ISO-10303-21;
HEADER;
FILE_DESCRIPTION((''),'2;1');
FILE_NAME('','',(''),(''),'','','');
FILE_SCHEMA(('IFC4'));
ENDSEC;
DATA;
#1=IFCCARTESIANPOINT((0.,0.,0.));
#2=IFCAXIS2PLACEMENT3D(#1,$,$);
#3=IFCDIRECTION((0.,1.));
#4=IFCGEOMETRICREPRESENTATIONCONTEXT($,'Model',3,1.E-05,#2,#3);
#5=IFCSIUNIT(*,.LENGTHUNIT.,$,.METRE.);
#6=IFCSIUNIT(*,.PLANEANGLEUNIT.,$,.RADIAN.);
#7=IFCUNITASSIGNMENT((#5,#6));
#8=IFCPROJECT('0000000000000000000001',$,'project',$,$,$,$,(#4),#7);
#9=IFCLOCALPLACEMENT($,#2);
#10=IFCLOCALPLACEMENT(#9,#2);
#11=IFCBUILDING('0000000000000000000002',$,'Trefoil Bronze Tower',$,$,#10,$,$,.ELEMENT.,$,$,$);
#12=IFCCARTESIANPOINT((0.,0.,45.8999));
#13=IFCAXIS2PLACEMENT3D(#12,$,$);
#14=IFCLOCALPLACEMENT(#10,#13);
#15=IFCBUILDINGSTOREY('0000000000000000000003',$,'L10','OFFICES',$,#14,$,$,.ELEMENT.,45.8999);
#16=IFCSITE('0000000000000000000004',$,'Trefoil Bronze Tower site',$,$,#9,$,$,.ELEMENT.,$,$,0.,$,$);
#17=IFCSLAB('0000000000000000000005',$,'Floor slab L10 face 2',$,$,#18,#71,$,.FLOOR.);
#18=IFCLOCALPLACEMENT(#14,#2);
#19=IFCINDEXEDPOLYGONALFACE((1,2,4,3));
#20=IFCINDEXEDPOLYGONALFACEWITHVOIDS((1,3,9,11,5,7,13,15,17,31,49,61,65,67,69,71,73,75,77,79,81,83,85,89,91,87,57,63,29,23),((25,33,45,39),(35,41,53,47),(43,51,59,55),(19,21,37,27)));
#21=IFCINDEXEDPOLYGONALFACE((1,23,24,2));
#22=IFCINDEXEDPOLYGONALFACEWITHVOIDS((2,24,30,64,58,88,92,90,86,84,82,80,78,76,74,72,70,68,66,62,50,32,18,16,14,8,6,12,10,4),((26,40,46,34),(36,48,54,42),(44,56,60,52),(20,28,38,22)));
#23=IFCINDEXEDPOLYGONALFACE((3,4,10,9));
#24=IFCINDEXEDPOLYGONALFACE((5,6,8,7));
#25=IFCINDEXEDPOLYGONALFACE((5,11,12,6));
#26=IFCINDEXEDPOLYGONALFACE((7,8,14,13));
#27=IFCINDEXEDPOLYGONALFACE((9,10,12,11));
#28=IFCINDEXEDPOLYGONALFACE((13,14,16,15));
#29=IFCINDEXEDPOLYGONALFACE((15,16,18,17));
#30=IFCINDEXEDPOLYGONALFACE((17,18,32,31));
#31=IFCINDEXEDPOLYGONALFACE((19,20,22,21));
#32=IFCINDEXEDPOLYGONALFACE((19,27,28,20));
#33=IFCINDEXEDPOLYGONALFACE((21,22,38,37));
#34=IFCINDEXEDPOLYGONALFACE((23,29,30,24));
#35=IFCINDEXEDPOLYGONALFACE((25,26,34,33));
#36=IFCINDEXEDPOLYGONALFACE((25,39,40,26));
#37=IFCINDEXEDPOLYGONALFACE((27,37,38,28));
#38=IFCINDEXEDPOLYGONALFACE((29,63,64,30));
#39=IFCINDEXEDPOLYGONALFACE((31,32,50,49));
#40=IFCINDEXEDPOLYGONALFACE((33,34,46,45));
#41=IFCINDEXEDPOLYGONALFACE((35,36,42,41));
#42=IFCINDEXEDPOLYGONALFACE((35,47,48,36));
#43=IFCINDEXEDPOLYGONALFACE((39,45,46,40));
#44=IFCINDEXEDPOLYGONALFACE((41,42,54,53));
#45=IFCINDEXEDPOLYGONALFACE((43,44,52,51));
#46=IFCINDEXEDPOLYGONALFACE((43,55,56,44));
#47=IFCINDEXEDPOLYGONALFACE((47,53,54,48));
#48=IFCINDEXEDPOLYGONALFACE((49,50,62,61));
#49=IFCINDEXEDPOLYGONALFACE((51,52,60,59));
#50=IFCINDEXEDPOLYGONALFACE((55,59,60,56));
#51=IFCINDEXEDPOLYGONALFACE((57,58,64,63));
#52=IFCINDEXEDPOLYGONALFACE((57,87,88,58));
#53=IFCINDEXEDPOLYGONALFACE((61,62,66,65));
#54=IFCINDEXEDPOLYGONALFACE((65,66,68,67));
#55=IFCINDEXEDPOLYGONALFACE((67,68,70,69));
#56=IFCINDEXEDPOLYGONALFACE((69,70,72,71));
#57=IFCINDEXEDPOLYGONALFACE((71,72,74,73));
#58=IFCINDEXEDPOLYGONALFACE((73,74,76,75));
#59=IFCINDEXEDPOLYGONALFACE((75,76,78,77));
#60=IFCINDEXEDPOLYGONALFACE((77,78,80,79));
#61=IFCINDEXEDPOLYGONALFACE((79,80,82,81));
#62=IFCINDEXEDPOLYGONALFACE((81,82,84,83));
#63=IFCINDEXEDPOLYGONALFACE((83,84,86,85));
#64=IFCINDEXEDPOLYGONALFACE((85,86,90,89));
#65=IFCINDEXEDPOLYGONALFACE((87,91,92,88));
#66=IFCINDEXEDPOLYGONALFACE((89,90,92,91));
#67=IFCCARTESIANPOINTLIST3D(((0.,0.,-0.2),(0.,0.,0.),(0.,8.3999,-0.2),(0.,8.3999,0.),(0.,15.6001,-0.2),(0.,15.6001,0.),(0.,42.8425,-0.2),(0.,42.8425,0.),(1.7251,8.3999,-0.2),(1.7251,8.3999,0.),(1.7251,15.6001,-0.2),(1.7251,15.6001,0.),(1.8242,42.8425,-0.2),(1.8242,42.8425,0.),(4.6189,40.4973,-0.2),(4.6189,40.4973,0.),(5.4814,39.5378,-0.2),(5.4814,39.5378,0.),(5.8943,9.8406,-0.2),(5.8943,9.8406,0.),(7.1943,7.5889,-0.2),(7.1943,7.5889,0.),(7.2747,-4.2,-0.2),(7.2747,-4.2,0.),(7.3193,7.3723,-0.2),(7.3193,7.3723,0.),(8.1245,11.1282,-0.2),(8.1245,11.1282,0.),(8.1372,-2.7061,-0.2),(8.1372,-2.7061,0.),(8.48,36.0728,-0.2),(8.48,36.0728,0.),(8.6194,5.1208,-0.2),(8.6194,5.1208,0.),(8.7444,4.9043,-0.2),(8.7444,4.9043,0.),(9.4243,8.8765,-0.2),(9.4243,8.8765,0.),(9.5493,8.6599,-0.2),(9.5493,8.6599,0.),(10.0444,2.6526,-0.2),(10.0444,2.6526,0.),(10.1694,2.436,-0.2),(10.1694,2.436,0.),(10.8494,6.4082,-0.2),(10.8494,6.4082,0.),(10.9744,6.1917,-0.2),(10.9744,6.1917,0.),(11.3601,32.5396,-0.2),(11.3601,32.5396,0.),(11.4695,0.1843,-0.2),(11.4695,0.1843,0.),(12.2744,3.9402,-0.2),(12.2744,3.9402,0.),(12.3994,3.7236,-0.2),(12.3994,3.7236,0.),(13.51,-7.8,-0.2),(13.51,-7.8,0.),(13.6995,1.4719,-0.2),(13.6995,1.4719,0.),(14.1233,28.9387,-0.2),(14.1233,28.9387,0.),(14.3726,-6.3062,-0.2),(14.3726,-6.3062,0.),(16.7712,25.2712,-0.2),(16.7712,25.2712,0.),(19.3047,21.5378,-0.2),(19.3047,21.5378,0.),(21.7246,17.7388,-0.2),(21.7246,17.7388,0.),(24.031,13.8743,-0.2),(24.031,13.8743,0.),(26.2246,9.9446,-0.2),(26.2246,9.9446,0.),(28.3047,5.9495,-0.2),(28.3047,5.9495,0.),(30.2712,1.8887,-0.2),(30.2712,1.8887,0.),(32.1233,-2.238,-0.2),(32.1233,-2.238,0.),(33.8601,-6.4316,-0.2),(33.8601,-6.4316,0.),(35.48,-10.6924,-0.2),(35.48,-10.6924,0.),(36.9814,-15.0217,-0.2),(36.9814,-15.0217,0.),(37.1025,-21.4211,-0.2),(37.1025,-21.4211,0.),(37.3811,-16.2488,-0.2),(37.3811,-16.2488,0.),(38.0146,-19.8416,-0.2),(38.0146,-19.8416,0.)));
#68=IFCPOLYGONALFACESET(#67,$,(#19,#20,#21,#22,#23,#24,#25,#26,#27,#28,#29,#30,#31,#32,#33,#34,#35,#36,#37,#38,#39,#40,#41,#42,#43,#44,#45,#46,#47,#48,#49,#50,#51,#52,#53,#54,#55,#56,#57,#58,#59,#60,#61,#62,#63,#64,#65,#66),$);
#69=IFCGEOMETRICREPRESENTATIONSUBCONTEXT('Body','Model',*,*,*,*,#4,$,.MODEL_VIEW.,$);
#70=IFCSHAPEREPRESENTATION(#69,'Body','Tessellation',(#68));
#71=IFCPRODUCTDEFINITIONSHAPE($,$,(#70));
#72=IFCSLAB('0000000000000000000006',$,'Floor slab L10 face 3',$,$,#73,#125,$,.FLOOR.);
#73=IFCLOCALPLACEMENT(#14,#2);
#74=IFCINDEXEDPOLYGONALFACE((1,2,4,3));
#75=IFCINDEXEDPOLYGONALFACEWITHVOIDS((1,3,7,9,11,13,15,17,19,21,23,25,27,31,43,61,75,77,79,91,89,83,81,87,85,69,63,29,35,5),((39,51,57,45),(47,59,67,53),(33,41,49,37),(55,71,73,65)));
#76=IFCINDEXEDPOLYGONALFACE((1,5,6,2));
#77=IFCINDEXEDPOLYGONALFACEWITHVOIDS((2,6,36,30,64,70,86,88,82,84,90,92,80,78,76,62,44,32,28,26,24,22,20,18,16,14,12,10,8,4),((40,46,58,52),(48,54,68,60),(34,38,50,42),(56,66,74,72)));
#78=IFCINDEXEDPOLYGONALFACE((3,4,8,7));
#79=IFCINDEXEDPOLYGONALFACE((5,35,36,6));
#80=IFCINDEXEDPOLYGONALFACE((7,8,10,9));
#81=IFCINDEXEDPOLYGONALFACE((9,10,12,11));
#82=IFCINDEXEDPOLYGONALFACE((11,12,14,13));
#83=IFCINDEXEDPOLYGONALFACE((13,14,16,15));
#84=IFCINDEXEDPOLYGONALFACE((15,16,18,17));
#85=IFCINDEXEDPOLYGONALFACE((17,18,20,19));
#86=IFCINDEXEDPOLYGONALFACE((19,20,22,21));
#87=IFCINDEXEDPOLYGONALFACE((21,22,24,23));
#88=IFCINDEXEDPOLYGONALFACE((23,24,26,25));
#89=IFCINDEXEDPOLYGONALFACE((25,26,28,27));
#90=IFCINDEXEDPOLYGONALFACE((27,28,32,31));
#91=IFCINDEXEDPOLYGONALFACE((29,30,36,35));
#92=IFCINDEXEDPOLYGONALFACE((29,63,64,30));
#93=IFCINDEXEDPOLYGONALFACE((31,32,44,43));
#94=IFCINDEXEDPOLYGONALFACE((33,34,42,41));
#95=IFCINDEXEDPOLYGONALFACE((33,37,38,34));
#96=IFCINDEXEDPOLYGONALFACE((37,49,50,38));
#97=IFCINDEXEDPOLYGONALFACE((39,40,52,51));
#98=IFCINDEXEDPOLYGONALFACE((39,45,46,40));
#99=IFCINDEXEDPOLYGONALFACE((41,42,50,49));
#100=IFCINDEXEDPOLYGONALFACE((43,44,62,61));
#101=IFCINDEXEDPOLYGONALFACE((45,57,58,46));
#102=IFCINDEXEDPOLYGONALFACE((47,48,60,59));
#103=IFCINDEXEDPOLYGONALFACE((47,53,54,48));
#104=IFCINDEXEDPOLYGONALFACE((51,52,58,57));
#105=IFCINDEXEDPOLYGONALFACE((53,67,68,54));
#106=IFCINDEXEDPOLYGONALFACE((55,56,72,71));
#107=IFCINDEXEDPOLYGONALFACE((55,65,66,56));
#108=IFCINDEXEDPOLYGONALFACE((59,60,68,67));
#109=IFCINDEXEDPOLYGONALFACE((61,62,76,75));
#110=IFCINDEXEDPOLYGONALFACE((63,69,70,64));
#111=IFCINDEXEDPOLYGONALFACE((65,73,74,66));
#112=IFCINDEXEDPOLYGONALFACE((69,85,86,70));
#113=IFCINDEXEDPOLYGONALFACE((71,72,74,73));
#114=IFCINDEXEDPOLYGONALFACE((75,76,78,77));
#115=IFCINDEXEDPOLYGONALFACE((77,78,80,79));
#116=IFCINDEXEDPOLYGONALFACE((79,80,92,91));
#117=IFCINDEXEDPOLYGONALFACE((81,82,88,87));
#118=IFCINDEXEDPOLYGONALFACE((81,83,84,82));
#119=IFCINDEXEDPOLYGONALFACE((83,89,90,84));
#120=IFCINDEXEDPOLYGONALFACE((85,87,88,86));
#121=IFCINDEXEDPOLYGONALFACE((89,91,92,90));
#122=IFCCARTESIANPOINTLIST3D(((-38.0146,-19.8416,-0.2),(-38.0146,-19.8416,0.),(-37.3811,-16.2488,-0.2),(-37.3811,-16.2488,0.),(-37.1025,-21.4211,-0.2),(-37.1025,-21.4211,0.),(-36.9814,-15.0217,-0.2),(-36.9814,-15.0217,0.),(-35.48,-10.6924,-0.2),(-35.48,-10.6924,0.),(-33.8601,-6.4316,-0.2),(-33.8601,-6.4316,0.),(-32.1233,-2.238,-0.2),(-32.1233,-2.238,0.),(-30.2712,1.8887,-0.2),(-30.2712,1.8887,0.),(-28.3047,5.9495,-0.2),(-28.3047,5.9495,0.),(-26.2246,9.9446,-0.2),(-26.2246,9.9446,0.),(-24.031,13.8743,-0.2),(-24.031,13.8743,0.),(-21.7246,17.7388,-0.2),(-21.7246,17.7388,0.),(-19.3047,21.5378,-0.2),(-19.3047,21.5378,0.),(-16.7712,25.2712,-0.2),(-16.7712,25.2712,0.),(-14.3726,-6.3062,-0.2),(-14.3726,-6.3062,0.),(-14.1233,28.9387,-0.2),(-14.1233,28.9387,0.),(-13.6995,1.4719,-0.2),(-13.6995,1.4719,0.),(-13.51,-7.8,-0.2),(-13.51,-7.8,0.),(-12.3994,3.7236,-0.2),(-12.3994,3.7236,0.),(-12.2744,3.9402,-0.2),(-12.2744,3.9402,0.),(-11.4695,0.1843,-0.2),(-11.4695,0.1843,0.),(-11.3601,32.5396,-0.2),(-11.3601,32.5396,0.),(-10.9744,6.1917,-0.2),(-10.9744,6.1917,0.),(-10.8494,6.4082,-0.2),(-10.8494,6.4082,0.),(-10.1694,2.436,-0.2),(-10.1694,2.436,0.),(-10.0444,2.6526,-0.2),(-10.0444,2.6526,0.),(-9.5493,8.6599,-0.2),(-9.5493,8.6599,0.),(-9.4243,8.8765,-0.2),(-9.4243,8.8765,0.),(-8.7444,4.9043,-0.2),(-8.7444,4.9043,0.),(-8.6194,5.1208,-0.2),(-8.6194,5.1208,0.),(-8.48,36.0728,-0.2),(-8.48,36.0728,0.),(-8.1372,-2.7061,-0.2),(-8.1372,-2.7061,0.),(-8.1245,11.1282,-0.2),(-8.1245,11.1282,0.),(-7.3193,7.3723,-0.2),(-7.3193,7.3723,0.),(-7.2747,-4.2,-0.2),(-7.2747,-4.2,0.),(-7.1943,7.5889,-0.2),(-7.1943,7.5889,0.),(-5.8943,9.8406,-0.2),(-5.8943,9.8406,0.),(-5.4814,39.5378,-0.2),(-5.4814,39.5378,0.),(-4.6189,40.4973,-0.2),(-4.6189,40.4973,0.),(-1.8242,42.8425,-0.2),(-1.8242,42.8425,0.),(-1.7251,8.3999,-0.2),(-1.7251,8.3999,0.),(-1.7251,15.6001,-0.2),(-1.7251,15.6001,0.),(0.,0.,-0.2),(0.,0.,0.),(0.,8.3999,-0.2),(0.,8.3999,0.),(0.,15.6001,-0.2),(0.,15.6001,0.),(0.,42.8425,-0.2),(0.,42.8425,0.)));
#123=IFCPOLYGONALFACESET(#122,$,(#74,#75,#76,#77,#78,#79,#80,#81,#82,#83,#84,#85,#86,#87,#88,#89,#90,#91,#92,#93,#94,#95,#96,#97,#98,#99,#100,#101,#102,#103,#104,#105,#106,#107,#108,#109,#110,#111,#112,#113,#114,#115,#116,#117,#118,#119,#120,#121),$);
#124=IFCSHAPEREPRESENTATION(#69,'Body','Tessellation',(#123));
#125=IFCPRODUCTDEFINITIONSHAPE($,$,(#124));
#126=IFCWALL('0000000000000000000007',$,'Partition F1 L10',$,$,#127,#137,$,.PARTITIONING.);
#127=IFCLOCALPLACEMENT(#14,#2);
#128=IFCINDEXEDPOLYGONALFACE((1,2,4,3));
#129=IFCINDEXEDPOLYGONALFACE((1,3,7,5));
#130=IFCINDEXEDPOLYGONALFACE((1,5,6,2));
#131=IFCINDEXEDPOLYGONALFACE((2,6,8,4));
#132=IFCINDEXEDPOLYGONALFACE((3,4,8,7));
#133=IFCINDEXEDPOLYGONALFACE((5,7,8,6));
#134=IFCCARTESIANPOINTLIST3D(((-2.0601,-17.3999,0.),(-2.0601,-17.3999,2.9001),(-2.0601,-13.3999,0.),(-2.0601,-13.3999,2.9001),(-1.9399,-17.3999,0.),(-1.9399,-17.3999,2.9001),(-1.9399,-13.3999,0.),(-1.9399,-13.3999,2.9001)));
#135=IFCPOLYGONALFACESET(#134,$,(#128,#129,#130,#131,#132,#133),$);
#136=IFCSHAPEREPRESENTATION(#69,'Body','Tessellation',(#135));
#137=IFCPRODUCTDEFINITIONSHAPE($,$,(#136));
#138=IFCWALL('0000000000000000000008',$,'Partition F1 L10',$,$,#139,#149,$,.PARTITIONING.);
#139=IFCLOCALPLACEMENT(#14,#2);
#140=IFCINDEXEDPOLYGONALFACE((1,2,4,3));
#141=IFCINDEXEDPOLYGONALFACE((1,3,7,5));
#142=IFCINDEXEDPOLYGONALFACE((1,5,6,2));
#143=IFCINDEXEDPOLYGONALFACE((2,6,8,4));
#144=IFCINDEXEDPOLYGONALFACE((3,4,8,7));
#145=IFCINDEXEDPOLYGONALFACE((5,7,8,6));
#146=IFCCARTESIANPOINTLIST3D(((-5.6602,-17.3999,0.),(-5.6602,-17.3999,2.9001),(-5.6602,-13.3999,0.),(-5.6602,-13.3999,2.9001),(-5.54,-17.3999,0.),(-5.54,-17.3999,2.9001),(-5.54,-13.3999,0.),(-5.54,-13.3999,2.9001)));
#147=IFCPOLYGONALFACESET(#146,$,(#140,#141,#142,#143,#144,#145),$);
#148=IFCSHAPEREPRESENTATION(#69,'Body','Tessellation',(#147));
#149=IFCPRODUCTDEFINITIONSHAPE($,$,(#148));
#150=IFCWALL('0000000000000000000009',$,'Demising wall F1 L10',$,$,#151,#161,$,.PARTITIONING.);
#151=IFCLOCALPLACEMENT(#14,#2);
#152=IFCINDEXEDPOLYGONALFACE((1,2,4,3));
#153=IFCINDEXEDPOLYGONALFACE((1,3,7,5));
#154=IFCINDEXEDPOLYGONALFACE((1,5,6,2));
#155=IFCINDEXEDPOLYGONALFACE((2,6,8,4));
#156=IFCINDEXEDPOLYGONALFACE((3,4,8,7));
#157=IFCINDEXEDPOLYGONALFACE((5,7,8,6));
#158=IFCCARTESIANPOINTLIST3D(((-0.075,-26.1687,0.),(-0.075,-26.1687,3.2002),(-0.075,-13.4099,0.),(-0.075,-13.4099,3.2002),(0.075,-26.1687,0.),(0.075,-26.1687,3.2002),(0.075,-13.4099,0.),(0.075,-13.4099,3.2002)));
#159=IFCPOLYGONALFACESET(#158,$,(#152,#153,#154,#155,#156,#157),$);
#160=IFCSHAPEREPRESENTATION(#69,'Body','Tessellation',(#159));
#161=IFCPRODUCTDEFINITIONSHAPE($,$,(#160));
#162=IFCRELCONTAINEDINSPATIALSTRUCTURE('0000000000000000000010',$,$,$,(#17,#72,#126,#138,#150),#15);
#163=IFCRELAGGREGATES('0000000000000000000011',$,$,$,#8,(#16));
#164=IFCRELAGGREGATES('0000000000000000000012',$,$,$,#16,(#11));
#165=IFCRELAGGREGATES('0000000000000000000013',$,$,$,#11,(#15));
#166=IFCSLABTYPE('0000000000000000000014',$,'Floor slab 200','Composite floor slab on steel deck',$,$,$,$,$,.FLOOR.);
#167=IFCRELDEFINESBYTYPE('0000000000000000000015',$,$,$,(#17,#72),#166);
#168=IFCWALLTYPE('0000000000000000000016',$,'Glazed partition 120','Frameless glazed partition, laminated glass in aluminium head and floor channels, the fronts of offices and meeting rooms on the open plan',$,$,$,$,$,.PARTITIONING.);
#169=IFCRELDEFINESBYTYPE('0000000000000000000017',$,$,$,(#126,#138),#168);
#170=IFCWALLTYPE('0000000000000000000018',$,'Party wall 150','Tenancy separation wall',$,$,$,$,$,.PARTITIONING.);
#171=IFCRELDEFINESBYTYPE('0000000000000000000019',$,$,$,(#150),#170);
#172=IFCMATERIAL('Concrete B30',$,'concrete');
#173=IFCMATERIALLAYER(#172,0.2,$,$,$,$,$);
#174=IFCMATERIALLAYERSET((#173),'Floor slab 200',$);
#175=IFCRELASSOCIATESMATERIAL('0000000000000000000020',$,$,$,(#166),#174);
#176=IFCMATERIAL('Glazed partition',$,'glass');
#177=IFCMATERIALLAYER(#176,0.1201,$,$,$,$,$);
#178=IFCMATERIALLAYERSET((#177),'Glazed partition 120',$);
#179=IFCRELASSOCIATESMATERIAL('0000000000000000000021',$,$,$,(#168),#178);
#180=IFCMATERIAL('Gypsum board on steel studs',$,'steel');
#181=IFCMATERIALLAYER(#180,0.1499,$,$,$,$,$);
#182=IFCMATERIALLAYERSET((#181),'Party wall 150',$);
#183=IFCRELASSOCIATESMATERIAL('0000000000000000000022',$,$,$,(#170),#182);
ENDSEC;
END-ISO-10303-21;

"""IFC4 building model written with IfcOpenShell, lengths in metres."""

from ifc_helpers import new_model, si_unit, direction, frame, frame_2d, origin, place, context, subcontext, project, spatial, polyline, rectangle, outline, extrude, material, layer, layer_set, type_object, element, save


model = new_model("IFC4")

# Units and contexts
model_context = context("Model", 3, precision=1e-05, world=origin(), true_north=direction((0.0, 1.0)))
body_context = subcontext(model_context, "Body", "Model", "MODEL_VIEW")
ifc_project = project(units=[si_unit("LENGTHUNIT", "METRE"), si_unit("PLANEANGLEUNIT", "RADIAN")], contexts=[model_context])

# Site, building, storey
site_placement = place(None, origin())
site = spatial("IfcSite", under=ifc_project, at=site_placement, Name="Trefoil Bronze Tower site", CompositionType="ELEMENT", RefElevation=0.0)
building_placement = place(site_placement, origin())
building = spatial("IfcBuilding", under=site, at=building_placement, Name="Trefoil Bronze Tower", CompositionType="ELEMENT")
storey_placement = place(building_placement, frame((0.0, 0.0, 45.8999)))
storey = spatial("IfcBuildingStorey", under=building, at=storey_placement, Name="L10", Description="OFFICES", CompositionType="ELEMENT", Elevation=45.8999)

# Slabs
ifc_material_1 = material(Name="Concrete B30", Category="concrete")
ifc_layer_1 = layer(ifc_material_1, 0.2)
ifc_layer_set_1 = layer_set([ifc_layer_1], Name="Floor slab 200")
slab_type = type_object("IfcSlabType", Name="Floor slab 200", Description="Composite floor slab on steel deck", PredefinedType="FLOOR", material=ifc_layer_set_1)
slab_1_placement = place(storey_placement, frame((0.0, 0.0, -0.2)))
element("IfcSlab", 1, at=slab_1_placement, inside=storey, type_object=slab_type, Name="Floor slab L10 face 2", PredefinedType="FLOOR", context=body_context, shape_type="SweptSolid", body=[
    extrude(outline(polyline([(8.48, 36.0728), (11.3601, 32.5396), (14.1233, 28.9387), (16.7712, 25.2712), (19.3047, 21.5378), (21.7246, 17.7388), (24.031, 13.8743), (26.2246, 9.9446), (28.3047, 5.9495), (30.2712, 1.8887), (32.1233, -2.238), (33.8601, -6.4316), (35.48, -10.6924), (36.9814, -15.0217), (37.3811, -16.2488), (38.0146, -19.8416), (37.1025, -21.4211), (13.51, -7.8), (14.3726, -6.3062), (8.1372, -2.7061), (7.2747, -4.2), (0.0, 0.0), (0.0, 8.3999), (1.7251, 8.3999), (1.7251, 15.6001), (0.0, 15.6001), (0.0, 42.8425), (1.8242, 42.8425), (4.6189, 40.4973), (5.4814, 39.5378), (8.48, 36.0728)]), holes=[polyline([(11.4695, 0.1843), (10.1694, 2.436), (12.3994, 3.7236), (13.6995, 1.4719), (11.4695, 0.1843)]), polyline([(10.0444, 2.6526), (8.7444, 4.9043), (10.9744, 6.1917), (12.2744, 3.9402), (10.0444, 2.6526)]), polyline([(8.6194, 5.1208), (7.3193, 7.3723), (9.5493, 8.6599), (10.8494, 6.4082), (8.6194, 5.1208)]), polyline([(7.1943, 7.5889), (5.8943, 9.8406), (8.1245, 11.1282), (9.4243, 8.8765), (7.1943, 7.5889)])]), origin(), (0.0, 0.0, 1.0), 0.2),
])
slab_2_placement = place(storey_placement, frame((0.0, 0.0, -0.2)))
element("IfcSlab", 2, at=slab_2_placement, inside=storey, type_object=slab_type, Name="Floor slab L10 face 3", PredefinedType="FLOOR", context=body_context, shape_type="SweptSolid", body=[
    extrude(outline(polyline([(-35.48, -10.6924), (-33.8601, -6.4316), (-32.1233, -2.238), (-30.2712, 1.8887), (-28.3047, 5.9495), (-26.2246, 9.9446), (-24.031, 13.8743), (-21.7246, 17.7388), (-19.3047, 21.5378), (-16.7712, 25.2712), (-14.1233, 28.9387), (-11.3601, 32.5396), (-8.48, 36.0728), (-5.4814, 39.5378), (-4.6189, 40.4973), (-1.8242, 42.8425), (0.0, 42.8425), (0.0, 15.6001), (-1.7251, 15.6001), (-1.7251, 8.3999), (0.0, 8.3999), (0.0, 0.0), (-7.2747, -4.2), (-8.1372, -2.7061), (-14.3726, -6.3062), (-13.51, -7.8), (-37.1025, -21.4211), (-38.0146, -19.8416), (-37.3811, -16.2488), (-36.9814, -15.0217), (-35.48, -10.6924)]), holes=[polyline([(-5.8943, 9.8406), (-7.1943, 7.5889), (-9.4243, 8.8765), (-8.1245, 11.1282), (-5.8943, 9.8406)]), polyline([(-7.3193, 7.3723), (-8.6194, 5.1208), (-10.8494, 6.4082), (-9.5493, 8.6599), (-7.3193, 7.3723)]), polyline([(-8.7444, 4.9043), (-10.0444, 2.6526), (-12.2744, 3.9402), (-10.9744, 6.1917), (-8.7444, 4.9043)]), polyline([(-10.1694, 2.436), (-11.4695, 0.1843), (-13.6995, 1.4719), (-12.3994, 3.7236), (-10.1694, 2.436)])]), origin(), (0.0, 0.0, 1.0), 0.2),
])

# Walls
ifc_material_2 = material(Name="Glazed partition", Category="glass")
ifc_layer_2 = layer(ifc_material_2, 0.1201)
ifc_layer_set_2 = layer_set([ifc_layer_2], Name="Glazed partition 120")
wall_type_1 = type_object("IfcWallType", Name="Glazed partition 120", Description="Frameless glazed partition, laminated glass in aluminium head and floor channels, the fronts of offices and meeting rooms on the open plan", PredefinedType="PARTITIONING", material=ifc_layer_set_2)
for number, where, z_axis, x_axis, name in (
    (3, (-2.0, -13.3999, 0.0), (0.0, 0.0, 1.0), (0.0, -1.0, 0.0), "Partition F1 L10"),
    (4, (-5.6001, -13.3999, 0.0), (0.0, 0.0, 1.0), (0.0, -1.0, 0.0), "Partition F1 L10"),
):
    element("IfcWall", number, at=place(storey_placement, frame(where, z_axis=z_axis, x_axis=x_axis)), inside=storey, type_object=wall_type_1, Name=name, PredefinedType="PARTITIONING", context=body_context, shape_type="SweptSolid", body=[
        extrude(rectangle(XDim=4.0, YDim=0.1201, at=frame_2d((2.0, 0.0))), origin(), (0.0, 0.0, 1.0), 2.9001),
    ])
ifc_material_3 = material(Name="Gypsum board on steel studs", Category="steel")
ifc_layer_3 = layer(ifc_material_3, 0.1499)
ifc_layer_set_3 = layer_set([ifc_layer_3], Name="Party wall 150")
wall_type_2 = type_object("IfcWallType", Name="Party wall 150", Description="Tenancy separation wall", PredefinedType="PARTITIONING", material=ifc_layer_set_3)
wall_1_placement = place(storey_placement, frame((0.0, -13.4099, 0.0), z_axis=(0.0, 0.0, 1.0), x_axis=(0.0, -1.0, 0.0)))
element("IfcWall", 5, at=wall_1_placement, inside=storey, type_object=wall_type_2, Name="Demising wall F1 L10", PredefinedType="PARTITIONING", context=body_context, shape_type="SweptSolid", body=[
    extrude(rectangle(XDim=12.7588, YDim=0.1499, at=frame_2d((6.3794, 0.0))), origin(), (0.0, 0.0, 1.0), 3.2002),
])

save(model, "model.ifc")
